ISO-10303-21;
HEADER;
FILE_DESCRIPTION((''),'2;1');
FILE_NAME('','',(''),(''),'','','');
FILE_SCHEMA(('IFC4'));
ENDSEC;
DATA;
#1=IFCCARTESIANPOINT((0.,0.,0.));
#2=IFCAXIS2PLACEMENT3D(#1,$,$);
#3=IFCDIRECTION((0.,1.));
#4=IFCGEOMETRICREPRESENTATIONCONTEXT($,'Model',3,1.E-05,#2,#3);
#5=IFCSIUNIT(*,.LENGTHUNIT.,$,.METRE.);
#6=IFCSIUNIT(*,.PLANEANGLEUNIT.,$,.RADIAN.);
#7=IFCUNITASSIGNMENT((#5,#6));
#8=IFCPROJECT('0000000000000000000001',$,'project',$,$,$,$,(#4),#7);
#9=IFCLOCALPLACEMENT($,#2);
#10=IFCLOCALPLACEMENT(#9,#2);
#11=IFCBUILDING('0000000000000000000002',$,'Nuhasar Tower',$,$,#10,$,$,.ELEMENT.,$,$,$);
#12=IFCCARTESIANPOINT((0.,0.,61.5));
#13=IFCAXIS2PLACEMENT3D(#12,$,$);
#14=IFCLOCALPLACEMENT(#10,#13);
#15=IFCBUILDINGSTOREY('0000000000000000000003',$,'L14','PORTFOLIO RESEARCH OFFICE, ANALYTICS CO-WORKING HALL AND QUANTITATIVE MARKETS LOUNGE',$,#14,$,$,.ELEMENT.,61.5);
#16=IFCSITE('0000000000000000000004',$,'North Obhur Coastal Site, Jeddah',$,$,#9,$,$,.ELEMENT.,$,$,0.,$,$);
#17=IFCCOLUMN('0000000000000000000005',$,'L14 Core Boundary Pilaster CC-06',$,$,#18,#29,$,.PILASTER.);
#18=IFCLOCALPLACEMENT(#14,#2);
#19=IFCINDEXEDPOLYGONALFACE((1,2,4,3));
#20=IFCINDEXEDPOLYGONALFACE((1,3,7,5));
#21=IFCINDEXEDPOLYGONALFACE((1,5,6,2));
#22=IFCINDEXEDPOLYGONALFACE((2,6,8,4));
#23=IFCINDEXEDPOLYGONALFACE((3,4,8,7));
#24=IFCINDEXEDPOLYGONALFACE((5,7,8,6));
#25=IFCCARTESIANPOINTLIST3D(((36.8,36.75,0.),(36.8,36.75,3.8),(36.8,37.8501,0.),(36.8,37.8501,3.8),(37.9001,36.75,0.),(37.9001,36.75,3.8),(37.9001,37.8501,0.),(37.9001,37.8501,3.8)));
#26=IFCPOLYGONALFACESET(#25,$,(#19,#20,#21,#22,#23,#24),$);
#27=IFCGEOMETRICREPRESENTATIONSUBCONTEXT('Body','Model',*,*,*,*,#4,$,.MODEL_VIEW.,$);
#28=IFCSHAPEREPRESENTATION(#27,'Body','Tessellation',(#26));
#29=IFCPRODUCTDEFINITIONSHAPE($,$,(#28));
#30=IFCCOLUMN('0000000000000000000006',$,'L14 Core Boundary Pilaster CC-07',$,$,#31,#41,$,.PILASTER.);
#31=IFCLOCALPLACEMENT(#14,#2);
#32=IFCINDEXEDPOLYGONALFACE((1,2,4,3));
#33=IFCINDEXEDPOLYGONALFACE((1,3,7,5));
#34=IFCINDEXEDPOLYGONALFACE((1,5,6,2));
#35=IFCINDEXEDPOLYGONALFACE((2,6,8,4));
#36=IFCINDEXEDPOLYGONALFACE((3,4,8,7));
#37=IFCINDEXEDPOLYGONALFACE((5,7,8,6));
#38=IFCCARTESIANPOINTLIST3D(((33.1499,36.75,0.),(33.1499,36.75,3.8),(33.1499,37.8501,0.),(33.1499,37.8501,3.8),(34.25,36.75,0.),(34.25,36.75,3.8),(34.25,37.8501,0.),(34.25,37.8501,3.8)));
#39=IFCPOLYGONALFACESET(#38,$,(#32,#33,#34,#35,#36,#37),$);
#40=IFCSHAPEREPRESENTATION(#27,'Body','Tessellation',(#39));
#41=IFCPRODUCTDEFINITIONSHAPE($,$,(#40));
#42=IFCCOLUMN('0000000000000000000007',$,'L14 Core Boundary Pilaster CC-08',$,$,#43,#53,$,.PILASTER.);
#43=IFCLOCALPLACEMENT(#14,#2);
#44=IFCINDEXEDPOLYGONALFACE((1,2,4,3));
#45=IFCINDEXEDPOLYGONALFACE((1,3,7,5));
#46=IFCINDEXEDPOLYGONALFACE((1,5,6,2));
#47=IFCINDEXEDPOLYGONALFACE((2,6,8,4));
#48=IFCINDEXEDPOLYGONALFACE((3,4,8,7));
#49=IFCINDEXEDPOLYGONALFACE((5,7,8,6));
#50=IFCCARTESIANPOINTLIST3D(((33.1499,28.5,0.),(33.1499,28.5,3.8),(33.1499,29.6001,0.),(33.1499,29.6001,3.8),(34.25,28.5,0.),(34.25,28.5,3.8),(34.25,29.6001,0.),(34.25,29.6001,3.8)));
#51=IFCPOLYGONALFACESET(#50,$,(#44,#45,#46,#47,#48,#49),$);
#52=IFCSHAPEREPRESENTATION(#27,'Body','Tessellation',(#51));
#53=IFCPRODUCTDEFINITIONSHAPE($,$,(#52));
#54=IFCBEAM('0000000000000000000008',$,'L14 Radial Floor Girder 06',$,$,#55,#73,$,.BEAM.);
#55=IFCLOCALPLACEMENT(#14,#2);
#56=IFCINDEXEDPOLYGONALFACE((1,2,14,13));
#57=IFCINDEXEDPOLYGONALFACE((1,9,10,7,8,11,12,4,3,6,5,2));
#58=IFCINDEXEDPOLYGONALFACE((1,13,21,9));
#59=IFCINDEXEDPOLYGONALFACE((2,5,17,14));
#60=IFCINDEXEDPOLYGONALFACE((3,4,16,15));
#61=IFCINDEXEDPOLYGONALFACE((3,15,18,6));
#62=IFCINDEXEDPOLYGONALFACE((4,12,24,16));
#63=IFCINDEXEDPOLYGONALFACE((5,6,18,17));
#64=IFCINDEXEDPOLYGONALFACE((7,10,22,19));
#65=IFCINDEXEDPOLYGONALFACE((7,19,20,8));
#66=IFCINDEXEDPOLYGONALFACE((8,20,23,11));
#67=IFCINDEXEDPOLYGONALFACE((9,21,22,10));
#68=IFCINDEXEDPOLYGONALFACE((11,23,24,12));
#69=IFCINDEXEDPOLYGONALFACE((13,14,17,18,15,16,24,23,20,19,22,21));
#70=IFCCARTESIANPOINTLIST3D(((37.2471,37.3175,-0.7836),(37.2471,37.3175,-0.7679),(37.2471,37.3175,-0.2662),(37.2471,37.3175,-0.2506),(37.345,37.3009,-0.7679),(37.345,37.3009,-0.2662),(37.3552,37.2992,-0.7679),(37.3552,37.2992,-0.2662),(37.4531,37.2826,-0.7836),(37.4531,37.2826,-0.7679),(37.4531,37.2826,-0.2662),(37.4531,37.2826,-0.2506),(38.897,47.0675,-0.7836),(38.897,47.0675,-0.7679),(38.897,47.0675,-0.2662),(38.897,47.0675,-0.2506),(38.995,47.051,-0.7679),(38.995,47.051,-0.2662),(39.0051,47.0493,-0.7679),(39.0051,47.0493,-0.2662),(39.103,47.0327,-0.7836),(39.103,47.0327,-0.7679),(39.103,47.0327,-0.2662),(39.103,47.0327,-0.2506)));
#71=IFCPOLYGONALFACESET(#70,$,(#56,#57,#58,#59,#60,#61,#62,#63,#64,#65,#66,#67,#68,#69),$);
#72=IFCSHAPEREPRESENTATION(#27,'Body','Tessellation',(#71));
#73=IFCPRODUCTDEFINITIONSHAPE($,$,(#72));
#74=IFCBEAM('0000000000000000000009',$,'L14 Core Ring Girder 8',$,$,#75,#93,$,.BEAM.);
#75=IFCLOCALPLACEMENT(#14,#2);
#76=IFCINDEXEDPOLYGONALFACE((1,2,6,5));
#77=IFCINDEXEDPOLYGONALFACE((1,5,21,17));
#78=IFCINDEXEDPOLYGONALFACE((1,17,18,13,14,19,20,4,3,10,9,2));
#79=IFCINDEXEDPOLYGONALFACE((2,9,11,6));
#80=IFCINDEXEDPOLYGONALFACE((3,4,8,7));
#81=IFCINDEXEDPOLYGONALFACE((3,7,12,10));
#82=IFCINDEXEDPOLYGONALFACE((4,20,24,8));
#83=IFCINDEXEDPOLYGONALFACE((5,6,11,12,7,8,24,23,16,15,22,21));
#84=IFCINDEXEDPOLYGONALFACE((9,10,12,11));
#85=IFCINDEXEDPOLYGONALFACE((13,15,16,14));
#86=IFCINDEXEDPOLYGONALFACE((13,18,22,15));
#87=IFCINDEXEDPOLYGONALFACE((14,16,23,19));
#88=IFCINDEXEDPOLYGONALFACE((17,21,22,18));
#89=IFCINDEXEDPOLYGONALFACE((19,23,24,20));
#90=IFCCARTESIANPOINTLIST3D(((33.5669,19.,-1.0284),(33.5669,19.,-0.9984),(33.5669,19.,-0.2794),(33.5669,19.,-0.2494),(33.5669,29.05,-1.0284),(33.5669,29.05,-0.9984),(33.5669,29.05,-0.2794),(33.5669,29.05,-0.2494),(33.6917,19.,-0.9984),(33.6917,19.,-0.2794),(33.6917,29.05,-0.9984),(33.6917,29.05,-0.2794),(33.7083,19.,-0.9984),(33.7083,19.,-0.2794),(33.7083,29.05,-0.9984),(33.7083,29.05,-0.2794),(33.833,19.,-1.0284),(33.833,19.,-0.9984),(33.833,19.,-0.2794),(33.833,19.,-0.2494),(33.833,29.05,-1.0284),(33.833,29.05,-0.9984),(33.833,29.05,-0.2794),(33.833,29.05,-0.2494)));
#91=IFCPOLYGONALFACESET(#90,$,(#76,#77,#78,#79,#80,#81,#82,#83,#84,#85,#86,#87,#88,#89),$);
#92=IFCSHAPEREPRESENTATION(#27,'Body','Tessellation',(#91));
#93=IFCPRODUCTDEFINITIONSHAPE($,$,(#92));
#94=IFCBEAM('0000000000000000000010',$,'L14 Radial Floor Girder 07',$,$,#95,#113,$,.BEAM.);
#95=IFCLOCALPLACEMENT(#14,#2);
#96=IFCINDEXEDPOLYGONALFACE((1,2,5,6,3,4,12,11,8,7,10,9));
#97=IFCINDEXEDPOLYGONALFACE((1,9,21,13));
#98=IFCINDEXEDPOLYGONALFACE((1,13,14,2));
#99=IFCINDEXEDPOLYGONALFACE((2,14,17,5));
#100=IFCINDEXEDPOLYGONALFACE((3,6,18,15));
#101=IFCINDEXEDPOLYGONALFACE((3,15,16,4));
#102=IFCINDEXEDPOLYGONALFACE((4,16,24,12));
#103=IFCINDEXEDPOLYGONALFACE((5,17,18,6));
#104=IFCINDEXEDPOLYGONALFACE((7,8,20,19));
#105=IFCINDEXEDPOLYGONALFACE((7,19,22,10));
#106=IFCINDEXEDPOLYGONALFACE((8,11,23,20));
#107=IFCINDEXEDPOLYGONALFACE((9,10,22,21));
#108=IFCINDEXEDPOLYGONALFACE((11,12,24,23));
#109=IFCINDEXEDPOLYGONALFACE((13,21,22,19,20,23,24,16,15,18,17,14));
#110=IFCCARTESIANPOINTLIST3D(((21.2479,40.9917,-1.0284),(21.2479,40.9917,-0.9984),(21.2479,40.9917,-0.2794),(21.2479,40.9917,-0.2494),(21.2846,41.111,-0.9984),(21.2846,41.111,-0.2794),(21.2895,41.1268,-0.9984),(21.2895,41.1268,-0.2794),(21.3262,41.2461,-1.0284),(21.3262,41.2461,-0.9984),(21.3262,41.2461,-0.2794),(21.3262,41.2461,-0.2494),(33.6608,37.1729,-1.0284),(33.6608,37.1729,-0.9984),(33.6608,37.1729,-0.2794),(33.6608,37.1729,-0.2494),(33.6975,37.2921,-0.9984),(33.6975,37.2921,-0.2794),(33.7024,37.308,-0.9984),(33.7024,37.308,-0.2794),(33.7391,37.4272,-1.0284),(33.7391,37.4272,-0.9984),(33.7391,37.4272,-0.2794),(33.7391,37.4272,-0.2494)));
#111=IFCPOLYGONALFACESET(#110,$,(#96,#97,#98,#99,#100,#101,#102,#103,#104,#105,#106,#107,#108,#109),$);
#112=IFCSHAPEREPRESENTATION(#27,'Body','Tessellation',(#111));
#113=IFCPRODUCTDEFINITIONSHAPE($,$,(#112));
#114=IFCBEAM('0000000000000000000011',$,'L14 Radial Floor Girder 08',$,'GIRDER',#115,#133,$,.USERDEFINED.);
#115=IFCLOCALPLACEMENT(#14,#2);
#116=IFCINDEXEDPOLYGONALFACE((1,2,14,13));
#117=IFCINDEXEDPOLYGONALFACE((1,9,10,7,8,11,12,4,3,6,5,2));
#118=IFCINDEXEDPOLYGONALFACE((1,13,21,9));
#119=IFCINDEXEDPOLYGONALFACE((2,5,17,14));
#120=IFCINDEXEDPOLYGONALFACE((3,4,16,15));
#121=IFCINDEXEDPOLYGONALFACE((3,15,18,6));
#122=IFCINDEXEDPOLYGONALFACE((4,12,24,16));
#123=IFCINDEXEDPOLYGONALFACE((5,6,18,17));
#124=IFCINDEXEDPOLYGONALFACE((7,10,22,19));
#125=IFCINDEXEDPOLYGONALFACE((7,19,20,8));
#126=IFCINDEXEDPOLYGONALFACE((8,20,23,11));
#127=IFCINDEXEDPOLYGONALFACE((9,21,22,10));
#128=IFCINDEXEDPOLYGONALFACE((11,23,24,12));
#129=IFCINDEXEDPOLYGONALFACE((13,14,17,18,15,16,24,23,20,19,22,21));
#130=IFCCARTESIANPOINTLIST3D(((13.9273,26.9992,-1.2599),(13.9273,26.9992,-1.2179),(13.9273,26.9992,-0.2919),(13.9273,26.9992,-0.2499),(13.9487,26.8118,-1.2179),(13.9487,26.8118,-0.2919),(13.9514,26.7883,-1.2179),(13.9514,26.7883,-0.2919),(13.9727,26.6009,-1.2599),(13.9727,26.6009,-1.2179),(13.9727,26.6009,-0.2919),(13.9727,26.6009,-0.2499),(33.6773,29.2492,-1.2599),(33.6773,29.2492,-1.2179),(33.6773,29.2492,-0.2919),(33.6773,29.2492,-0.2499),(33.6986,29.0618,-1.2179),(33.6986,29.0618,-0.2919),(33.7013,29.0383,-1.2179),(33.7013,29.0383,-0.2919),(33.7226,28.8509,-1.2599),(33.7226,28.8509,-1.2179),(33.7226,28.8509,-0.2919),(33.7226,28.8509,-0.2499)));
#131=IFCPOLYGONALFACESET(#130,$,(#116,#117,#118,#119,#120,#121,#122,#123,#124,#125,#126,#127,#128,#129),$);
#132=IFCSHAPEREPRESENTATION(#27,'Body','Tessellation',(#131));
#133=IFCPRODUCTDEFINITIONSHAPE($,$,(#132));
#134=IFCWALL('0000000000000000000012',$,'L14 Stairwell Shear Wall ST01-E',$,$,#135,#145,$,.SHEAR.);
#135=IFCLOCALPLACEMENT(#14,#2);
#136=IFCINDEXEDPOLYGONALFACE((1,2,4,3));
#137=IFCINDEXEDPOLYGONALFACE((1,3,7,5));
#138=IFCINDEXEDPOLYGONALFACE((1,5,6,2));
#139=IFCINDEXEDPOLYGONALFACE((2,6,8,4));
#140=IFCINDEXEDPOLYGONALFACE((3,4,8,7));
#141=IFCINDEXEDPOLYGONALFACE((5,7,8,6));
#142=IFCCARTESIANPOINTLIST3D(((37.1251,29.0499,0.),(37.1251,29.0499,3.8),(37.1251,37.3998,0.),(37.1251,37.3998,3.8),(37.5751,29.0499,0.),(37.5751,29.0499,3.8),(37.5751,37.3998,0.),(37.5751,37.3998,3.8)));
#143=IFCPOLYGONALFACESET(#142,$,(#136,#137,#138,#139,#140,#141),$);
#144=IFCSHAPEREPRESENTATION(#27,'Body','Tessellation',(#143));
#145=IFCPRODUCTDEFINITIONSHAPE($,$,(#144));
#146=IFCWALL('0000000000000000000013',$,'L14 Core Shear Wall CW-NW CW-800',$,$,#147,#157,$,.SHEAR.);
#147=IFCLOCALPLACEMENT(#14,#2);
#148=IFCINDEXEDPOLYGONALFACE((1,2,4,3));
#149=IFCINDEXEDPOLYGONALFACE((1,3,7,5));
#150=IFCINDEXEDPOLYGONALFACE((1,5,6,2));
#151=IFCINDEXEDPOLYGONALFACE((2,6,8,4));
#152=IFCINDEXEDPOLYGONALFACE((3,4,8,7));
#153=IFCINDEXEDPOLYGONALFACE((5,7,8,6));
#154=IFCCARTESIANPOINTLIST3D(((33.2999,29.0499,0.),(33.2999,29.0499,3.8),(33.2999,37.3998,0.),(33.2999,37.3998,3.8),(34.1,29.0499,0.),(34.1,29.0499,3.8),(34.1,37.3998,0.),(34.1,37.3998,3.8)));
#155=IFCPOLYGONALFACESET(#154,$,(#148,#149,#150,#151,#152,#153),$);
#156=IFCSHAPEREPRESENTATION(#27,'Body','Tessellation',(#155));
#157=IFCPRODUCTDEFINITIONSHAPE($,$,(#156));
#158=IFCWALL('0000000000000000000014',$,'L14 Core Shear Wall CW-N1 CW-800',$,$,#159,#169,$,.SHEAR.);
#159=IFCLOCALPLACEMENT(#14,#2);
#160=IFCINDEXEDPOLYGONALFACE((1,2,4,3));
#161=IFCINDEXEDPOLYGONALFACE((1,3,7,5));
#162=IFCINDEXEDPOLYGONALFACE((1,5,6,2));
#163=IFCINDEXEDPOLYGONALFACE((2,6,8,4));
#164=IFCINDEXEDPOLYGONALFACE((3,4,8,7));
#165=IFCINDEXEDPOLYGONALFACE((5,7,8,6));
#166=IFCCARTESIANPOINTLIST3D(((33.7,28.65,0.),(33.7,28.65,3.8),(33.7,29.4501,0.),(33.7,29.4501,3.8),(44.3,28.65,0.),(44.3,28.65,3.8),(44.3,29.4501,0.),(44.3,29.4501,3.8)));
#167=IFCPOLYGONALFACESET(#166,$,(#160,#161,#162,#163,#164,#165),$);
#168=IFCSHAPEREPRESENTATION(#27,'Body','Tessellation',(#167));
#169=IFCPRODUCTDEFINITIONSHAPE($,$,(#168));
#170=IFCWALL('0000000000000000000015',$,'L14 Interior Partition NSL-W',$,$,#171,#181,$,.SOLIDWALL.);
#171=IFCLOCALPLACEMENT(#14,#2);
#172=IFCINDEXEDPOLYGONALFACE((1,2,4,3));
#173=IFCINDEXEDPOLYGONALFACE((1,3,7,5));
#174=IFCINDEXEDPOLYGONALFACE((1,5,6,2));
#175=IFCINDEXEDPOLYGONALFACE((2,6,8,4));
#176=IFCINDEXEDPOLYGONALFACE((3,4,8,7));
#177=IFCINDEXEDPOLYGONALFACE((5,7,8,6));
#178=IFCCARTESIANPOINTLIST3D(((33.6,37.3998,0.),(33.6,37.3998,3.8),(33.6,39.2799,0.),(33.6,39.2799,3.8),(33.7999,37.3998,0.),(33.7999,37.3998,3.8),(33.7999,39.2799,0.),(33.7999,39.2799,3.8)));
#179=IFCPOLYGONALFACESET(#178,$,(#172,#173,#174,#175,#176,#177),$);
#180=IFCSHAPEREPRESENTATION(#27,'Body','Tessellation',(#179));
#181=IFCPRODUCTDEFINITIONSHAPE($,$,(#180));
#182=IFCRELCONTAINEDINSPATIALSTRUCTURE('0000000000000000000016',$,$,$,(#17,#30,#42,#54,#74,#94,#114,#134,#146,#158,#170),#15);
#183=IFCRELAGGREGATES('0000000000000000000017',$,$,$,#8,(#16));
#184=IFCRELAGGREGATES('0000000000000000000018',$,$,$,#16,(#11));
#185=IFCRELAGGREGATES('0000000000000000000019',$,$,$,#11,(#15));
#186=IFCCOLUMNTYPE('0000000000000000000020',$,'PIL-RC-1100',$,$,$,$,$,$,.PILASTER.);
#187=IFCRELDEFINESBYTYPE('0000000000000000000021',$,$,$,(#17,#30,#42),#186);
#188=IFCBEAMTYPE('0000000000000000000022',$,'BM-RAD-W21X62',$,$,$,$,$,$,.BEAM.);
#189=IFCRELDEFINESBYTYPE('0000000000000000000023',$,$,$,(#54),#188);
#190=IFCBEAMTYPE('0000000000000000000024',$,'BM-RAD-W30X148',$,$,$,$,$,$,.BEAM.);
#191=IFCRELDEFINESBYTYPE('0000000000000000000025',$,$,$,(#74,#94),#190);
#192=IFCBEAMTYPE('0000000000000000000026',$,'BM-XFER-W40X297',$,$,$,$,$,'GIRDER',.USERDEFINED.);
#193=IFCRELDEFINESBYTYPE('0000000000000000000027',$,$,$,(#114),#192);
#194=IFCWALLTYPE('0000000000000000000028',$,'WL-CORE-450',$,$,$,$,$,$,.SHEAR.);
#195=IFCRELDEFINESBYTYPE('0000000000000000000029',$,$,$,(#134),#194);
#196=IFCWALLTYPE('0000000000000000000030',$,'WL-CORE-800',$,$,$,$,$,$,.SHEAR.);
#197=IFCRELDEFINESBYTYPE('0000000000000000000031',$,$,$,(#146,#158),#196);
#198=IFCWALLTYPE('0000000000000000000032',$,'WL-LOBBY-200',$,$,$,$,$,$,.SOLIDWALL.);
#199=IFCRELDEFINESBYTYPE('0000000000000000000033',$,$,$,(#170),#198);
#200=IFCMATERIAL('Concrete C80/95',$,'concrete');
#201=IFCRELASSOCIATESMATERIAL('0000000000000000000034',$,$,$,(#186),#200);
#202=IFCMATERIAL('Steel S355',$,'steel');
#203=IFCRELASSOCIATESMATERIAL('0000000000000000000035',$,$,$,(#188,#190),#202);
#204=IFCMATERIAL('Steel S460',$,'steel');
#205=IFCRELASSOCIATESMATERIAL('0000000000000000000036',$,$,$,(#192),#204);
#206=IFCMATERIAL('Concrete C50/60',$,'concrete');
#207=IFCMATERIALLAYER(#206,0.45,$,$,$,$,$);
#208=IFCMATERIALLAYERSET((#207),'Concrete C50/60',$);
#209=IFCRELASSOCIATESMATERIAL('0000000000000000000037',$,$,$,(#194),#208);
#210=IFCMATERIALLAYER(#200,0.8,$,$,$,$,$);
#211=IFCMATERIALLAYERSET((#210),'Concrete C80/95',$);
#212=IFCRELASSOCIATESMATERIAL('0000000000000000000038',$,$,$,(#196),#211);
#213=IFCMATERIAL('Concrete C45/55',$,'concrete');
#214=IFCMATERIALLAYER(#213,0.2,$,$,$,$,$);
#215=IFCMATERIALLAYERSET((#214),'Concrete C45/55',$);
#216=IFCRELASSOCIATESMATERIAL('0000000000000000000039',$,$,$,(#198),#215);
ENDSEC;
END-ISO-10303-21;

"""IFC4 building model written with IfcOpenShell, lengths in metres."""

from ifc_helpers import new_model, si_unit, direction, frame, frame_2d, origin, origin_2d, place, context, subcontext, project, spatial, rectangle, i_section, extrude, material, layer, layer_set, material_profile, profile_set, type_object, element, save


model = new_model("IFC4")

# Units and contexts
model_context = context("Model", 3, precision=1e-05, world=origin(), true_north=direction((0.0, 1.0)))
body_context = subcontext(model_context, "Body", "Model", "MODEL_VIEW")
ifc_project = project(units=[si_unit("LENGTHUNIT", "METRE"), si_unit("PLANEANGLEUNIT", "RADIAN")], contexts=[model_context])

# Site, building, storey
site_placement = place(None, origin())
site = spatial("IfcSite", under=ifc_project, at=site_placement, Name="North Obhur Coastal Site, Jeddah", CompositionType="ELEMENT", RefElevation=0.0)
building_placement = place(site_placement, origin())
building = spatial("IfcBuilding", under=site, at=building_placement, Name="Nuhasar Tower", CompositionType="ELEMENT")
storey_placement = place(building_placement, frame((0.0, 0.0, 61.5)))
storey = spatial("IfcBuildingStorey", under=building, at=storey_placement, Name="L14", Description="PORTFOLIO RESEARCH OFFICE, ANALYTICS CO-WORKING HALL AND QUANTITATIVE MARKETS LOUNGE", CompositionType="ELEMENT", Elevation=61.5)

# Columns
ifc_material_1 = material(Name="Concrete C80/95", Category="concrete")
ifc_material_profile_1 = material_profile(ifc_material_1, rectangle(XDim=1.1001, YDim=1.1001, at=origin_2d()), Name="RC1100X1100")
ifc_profile_set_1 = profile_set([ifc_material_profile_1], Name="Concrete C80/95")
column_type = type_object("IfcColumnType", Name="PIL-RC-1100", PredefinedType="PILASTER", material=ifc_profile_set_1)
for number, where, z_axis, x_axis, name in (
    (1, (37.3501, 37.3, 0.0), (0.0, 0.0, 1.0), (1.0, 0.0, 0.0), "L14 Core Boundary Pilaster CC-06"),
    (2, (33.7, 37.3, 0.0), (0.0, 0.0, 1.0), (1.0, 0.0, 0.0), "L14 Core Boundary Pilaster CC-07"),
    (3, (33.7, 29.05, 0.0), (0.0, 0.0, 1.0), (1.0, 0.0, 0.0), "L14 Core Boundary Pilaster CC-08"),
):
    element("IfcColumn", number, at=place(storey_placement, frame(where, z_axis=z_axis, x_axis=x_axis)), inside=storey, type_object=column_type, Name=name, PredefinedType="PILASTER", context=body_context, shape_type="SweptSolid", body=[
        extrude(rectangle(XDim=1.1001, YDim=1.1001, at=origin_2d()), origin(), (0.0, 0.0, 1.0), 3.8),
    ])

# Beams
ifc_material_2 = material(Name="Steel S355", Category="steel")
ifc_material_profile_2 = material_profile(ifc_material_2, i_section(OverallWidth=0.209, OverallDepth=0.533, WebThickness=0.0103, FlangeThickness=0.0156, at=origin_2d()), Name="W21X62")
ifc_profile_set_2 = profile_set([ifc_material_profile_2], Name="Steel S355")
beam_type_1 = type_object("IfcBeamType", Name="BM-RAD-W21X62", PredefinedType="BEAM", material=ifc_profile_set_2)
beam_1_placement = place(storey_placement, frame((37.3501, 37.3, -0.5171), z_axis=(0.166849, 0.985983, 0.0), x_axis=(-0.985983, 0.166849, 0.0)))
element("IfcBeam", 4, at=beam_1_placement, inside=storey, type_object=beam_type_1, Name="L14 Radial Floor Girder 06", PredefinedType="BEAM", context=body_context, shape_type="SweptSolid", body=[
    extrude(i_section(OverallWidth=0.209, OverallDepth=0.533, WebThickness=0.0103, FlangeThickness=0.0156, at=origin_2d()), origin(), (0.0, 0.0, 1.0), 9.8887),
])
ifc_material_profile_3 = material_profile(ifc_material_2, i_section(OverallWidth=0.2661, OverallDepth=0.7791, WebThickness=0.0166, FlangeThickness=0.03, at=origin_2d()), Name="W30X148")
ifc_profile_set_3 = profile_set([ifc_material_profile_3], Name="Steel S355")
beam_type_2 = type_object("IfcBeamType", Name="BM-RAD-W30X148", PredefinedType="BEAM", material=ifc_profile_set_3)
beam_2_placement = place(storey_placement, frame((33.7, 29.05, -0.6389), z_axis=(0.0, -1.0, 0.0), x_axis=(1.0, 0.0, 0.0)))
element("IfcBeam", 5, at=beam_2_placement, inside=storey, type_object=beam_type_2, Name="L14 Core Ring Girder 8", PredefinedType="BEAM", context=body_context, shape_type="SweptSolid", body=[
    extrude(i_section(OverallWidth=0.2661, OverallDepth=0.7791, WebThickness=0.0166, FlangeThickness=0.03, at=origin_2d()), origin(), (0.0, 0.0, 1.0), 10.05),
])
beam_3_placement = place(storey_placement, frame((33.7, 37.3, -0.6389), z_axis=(-0.95579, 0.294052, 0.0), x_axis=(-0.294052, -0.95579, 0.0)))
element("IfcBeam", 6, at=beam_3_placement, inside=storey, type_object=beam_type_2, Name="L14 Radial Floor Girder 07", PredefinedType="BEAM", context=body_context, shape_type="SweptSolid", body=[
    extrude(i_section(OverallWidth=0.2661, OverallDepth=0.7791, WebThickness=0.0166, FlangeThickness=0.03, at=origin_2d()), origin(), (0.0, 0.0, 1.0), 12.9871),
])
ifc_material_3 = material(Name="Steel S460", Category="steel")
ifc_material_profile_4 = material_profile(ifc_material_3, i_section(OverallWidth=0.4009, OverallDepth=1.01, WebThickness=0.0237, FlangeThickness=0.042, at=origin_2d()), Name="W40X297")
ifc_profile_set_4 = profile_set([ifc_material_profile_4], Name="Steel S460")
beam_type_3 = type_object("IfcBeamType", Name="BM-XFER-W40X297", ElementType="GIRDER", PredefinedType="USERDEFINED", material=ifc_profile_set_4)
beam_4_placement = place(storey_placement, frame((33.7, 29.05, -0.7549), z_axis=(-0.993573, -0.113192, 0.0), x_axis=(0.113192, -0.993573, 0.0)))
element("IfcBeam", 7, at=beam_4_placement, inside=storey, type_object=beam_type_3, Name="L14 Radial Floor Girder 08", ObjectType="GIRDER", PredefinedType="USERDEFINED", context=body_context, shape_type="SweptSolid", body=[
    extrude(i_section(OverallWidth=0.4009, OverallDepth=1.01, WebThickness=0.0237, FlangeThickness=0.042, at=origin_2d()), origin(), (0.0, 0.0, 1.0), 19.8777),
])

# Shared definitions
ifc_material_4 = material(Name="Concrete C50/60", Category="concrete")
ifc_layer_1 = layer(ifc_material_4, 0.45)
ifc_layer_set_1 = layer_set([ifc_layer_1], Name="Concrete C50/60")
wall_type_1 = type_object("IfcWallType", Name="WL-CORE-450", PredefinedType="SHEAR", material=ifc_layer_set_1)

# Walls
wall_1_placement = place(storey_placement, frame((37.3501, 29.05, 0.0), z_axis=(0.0, 0.0, 1.0), x_axis=(0.0, 1.0, 0.0)))
element("IfcWall", 8, at=wall_1_placement, inside=storey, type_object=wall_type_1, Name="L14 Stairwell Shear Wall ST01-E", PredefinedType="SHEAR", context=body_context, shape_type="SweptSolid", body=[
    extrude(rectangle(XDim=8.3499, YDim=0.45, at=frame_2d((4.1748, 0.0))), origin(), (0.0, 0.0, 1.0), 3.8),
])
ifc_layer_2 = layer(ifc_material_1, 0.8)
ifc_layer_set_2 = layer_set([ifc_layer_2], Name="Concrete C80/95")
wall_type_2 = type_object("IfcWallType", Name="WL-CORE-800", PredefinedType="SHEAR", material=ifc_layer_set_2)
wall_2_placement = place(storey_placement, frame((33.7, 29.05, 0.0), z_axis=(0.0, 0.0, 1.0), x_axis=(0.0, 1.0, 0.0)))
element("IfcWall", 9, at=wall_2_placement, inside=storey, type_object=wall_type_2, Name="L14 Core Shear Wall CW-NW CW-800", PredefinedType="SHEAR", context=body_context, shape_type="SweptSolid", body=[
    extrude(rectangle(XDim=8.3499, YDim=0.8, at=frame_2d((4.1748, 0.0))), origin(), (0.0, 0.0, 1.0), 3.8),
])
wall_3_placement = place(storey_placement, frame((33.7, 29.05, 0.0), z_axis=(0.0, 0.0, 1.0), x_axis=(1.0, 0.0, 0.0)))
element("IfcWall", 10, at=wall_3_placement, inside=storey, type_object=wall_type_2, Name="L14 Core Shear Wall CW-N1 CW-800", PredefinedType="SHEAR", context=body_context, shape_type="SweptSolid", body=[
    extrude(rectangle(XDim=10.6001, YDim=0.8, at=frame_2d((5.3, 0.0))), origin(), (0.0, 0.0, 1.0), 3.8),
])
ifc_material_5 = material(Name="Concrete C45/55", Category="concrete")
ifc_layer_3 = layer(ifc_material_5, 0.2)
ifc_layer_set_3 = layer_set([ifc_layer_3], Name="Concrete C45/55")
wall_type_3 = type_object("IfcWallType", Name="WL-LOBBY-200", PredefinedType="SOLIDWALL", material=ifc_layer_set_3)
wall_4_placement = place(storey_placement, frame((33.7, 37.3999, 0.0), z_axis=(0.0, 0.0, 1.0), x_axis=(0.0, 1.0, 0.0)))
element("IfcWall", 11, at=wall_4_placement, inside=storey, type_object=wall_type_3, Name="L14 Interior Partition NSL-W", PredefinedType="SOLIDWALL", context=body_context, shape_type="SweptSolid", body=[
    extrude(rectangle(XDim=1.8801, YDim=0.2, at=frame_2d((0.9399, 0.0))), origin(), (0.0, 0.0, 1.0), 3.8),
])

save(model, "model.ifc")
